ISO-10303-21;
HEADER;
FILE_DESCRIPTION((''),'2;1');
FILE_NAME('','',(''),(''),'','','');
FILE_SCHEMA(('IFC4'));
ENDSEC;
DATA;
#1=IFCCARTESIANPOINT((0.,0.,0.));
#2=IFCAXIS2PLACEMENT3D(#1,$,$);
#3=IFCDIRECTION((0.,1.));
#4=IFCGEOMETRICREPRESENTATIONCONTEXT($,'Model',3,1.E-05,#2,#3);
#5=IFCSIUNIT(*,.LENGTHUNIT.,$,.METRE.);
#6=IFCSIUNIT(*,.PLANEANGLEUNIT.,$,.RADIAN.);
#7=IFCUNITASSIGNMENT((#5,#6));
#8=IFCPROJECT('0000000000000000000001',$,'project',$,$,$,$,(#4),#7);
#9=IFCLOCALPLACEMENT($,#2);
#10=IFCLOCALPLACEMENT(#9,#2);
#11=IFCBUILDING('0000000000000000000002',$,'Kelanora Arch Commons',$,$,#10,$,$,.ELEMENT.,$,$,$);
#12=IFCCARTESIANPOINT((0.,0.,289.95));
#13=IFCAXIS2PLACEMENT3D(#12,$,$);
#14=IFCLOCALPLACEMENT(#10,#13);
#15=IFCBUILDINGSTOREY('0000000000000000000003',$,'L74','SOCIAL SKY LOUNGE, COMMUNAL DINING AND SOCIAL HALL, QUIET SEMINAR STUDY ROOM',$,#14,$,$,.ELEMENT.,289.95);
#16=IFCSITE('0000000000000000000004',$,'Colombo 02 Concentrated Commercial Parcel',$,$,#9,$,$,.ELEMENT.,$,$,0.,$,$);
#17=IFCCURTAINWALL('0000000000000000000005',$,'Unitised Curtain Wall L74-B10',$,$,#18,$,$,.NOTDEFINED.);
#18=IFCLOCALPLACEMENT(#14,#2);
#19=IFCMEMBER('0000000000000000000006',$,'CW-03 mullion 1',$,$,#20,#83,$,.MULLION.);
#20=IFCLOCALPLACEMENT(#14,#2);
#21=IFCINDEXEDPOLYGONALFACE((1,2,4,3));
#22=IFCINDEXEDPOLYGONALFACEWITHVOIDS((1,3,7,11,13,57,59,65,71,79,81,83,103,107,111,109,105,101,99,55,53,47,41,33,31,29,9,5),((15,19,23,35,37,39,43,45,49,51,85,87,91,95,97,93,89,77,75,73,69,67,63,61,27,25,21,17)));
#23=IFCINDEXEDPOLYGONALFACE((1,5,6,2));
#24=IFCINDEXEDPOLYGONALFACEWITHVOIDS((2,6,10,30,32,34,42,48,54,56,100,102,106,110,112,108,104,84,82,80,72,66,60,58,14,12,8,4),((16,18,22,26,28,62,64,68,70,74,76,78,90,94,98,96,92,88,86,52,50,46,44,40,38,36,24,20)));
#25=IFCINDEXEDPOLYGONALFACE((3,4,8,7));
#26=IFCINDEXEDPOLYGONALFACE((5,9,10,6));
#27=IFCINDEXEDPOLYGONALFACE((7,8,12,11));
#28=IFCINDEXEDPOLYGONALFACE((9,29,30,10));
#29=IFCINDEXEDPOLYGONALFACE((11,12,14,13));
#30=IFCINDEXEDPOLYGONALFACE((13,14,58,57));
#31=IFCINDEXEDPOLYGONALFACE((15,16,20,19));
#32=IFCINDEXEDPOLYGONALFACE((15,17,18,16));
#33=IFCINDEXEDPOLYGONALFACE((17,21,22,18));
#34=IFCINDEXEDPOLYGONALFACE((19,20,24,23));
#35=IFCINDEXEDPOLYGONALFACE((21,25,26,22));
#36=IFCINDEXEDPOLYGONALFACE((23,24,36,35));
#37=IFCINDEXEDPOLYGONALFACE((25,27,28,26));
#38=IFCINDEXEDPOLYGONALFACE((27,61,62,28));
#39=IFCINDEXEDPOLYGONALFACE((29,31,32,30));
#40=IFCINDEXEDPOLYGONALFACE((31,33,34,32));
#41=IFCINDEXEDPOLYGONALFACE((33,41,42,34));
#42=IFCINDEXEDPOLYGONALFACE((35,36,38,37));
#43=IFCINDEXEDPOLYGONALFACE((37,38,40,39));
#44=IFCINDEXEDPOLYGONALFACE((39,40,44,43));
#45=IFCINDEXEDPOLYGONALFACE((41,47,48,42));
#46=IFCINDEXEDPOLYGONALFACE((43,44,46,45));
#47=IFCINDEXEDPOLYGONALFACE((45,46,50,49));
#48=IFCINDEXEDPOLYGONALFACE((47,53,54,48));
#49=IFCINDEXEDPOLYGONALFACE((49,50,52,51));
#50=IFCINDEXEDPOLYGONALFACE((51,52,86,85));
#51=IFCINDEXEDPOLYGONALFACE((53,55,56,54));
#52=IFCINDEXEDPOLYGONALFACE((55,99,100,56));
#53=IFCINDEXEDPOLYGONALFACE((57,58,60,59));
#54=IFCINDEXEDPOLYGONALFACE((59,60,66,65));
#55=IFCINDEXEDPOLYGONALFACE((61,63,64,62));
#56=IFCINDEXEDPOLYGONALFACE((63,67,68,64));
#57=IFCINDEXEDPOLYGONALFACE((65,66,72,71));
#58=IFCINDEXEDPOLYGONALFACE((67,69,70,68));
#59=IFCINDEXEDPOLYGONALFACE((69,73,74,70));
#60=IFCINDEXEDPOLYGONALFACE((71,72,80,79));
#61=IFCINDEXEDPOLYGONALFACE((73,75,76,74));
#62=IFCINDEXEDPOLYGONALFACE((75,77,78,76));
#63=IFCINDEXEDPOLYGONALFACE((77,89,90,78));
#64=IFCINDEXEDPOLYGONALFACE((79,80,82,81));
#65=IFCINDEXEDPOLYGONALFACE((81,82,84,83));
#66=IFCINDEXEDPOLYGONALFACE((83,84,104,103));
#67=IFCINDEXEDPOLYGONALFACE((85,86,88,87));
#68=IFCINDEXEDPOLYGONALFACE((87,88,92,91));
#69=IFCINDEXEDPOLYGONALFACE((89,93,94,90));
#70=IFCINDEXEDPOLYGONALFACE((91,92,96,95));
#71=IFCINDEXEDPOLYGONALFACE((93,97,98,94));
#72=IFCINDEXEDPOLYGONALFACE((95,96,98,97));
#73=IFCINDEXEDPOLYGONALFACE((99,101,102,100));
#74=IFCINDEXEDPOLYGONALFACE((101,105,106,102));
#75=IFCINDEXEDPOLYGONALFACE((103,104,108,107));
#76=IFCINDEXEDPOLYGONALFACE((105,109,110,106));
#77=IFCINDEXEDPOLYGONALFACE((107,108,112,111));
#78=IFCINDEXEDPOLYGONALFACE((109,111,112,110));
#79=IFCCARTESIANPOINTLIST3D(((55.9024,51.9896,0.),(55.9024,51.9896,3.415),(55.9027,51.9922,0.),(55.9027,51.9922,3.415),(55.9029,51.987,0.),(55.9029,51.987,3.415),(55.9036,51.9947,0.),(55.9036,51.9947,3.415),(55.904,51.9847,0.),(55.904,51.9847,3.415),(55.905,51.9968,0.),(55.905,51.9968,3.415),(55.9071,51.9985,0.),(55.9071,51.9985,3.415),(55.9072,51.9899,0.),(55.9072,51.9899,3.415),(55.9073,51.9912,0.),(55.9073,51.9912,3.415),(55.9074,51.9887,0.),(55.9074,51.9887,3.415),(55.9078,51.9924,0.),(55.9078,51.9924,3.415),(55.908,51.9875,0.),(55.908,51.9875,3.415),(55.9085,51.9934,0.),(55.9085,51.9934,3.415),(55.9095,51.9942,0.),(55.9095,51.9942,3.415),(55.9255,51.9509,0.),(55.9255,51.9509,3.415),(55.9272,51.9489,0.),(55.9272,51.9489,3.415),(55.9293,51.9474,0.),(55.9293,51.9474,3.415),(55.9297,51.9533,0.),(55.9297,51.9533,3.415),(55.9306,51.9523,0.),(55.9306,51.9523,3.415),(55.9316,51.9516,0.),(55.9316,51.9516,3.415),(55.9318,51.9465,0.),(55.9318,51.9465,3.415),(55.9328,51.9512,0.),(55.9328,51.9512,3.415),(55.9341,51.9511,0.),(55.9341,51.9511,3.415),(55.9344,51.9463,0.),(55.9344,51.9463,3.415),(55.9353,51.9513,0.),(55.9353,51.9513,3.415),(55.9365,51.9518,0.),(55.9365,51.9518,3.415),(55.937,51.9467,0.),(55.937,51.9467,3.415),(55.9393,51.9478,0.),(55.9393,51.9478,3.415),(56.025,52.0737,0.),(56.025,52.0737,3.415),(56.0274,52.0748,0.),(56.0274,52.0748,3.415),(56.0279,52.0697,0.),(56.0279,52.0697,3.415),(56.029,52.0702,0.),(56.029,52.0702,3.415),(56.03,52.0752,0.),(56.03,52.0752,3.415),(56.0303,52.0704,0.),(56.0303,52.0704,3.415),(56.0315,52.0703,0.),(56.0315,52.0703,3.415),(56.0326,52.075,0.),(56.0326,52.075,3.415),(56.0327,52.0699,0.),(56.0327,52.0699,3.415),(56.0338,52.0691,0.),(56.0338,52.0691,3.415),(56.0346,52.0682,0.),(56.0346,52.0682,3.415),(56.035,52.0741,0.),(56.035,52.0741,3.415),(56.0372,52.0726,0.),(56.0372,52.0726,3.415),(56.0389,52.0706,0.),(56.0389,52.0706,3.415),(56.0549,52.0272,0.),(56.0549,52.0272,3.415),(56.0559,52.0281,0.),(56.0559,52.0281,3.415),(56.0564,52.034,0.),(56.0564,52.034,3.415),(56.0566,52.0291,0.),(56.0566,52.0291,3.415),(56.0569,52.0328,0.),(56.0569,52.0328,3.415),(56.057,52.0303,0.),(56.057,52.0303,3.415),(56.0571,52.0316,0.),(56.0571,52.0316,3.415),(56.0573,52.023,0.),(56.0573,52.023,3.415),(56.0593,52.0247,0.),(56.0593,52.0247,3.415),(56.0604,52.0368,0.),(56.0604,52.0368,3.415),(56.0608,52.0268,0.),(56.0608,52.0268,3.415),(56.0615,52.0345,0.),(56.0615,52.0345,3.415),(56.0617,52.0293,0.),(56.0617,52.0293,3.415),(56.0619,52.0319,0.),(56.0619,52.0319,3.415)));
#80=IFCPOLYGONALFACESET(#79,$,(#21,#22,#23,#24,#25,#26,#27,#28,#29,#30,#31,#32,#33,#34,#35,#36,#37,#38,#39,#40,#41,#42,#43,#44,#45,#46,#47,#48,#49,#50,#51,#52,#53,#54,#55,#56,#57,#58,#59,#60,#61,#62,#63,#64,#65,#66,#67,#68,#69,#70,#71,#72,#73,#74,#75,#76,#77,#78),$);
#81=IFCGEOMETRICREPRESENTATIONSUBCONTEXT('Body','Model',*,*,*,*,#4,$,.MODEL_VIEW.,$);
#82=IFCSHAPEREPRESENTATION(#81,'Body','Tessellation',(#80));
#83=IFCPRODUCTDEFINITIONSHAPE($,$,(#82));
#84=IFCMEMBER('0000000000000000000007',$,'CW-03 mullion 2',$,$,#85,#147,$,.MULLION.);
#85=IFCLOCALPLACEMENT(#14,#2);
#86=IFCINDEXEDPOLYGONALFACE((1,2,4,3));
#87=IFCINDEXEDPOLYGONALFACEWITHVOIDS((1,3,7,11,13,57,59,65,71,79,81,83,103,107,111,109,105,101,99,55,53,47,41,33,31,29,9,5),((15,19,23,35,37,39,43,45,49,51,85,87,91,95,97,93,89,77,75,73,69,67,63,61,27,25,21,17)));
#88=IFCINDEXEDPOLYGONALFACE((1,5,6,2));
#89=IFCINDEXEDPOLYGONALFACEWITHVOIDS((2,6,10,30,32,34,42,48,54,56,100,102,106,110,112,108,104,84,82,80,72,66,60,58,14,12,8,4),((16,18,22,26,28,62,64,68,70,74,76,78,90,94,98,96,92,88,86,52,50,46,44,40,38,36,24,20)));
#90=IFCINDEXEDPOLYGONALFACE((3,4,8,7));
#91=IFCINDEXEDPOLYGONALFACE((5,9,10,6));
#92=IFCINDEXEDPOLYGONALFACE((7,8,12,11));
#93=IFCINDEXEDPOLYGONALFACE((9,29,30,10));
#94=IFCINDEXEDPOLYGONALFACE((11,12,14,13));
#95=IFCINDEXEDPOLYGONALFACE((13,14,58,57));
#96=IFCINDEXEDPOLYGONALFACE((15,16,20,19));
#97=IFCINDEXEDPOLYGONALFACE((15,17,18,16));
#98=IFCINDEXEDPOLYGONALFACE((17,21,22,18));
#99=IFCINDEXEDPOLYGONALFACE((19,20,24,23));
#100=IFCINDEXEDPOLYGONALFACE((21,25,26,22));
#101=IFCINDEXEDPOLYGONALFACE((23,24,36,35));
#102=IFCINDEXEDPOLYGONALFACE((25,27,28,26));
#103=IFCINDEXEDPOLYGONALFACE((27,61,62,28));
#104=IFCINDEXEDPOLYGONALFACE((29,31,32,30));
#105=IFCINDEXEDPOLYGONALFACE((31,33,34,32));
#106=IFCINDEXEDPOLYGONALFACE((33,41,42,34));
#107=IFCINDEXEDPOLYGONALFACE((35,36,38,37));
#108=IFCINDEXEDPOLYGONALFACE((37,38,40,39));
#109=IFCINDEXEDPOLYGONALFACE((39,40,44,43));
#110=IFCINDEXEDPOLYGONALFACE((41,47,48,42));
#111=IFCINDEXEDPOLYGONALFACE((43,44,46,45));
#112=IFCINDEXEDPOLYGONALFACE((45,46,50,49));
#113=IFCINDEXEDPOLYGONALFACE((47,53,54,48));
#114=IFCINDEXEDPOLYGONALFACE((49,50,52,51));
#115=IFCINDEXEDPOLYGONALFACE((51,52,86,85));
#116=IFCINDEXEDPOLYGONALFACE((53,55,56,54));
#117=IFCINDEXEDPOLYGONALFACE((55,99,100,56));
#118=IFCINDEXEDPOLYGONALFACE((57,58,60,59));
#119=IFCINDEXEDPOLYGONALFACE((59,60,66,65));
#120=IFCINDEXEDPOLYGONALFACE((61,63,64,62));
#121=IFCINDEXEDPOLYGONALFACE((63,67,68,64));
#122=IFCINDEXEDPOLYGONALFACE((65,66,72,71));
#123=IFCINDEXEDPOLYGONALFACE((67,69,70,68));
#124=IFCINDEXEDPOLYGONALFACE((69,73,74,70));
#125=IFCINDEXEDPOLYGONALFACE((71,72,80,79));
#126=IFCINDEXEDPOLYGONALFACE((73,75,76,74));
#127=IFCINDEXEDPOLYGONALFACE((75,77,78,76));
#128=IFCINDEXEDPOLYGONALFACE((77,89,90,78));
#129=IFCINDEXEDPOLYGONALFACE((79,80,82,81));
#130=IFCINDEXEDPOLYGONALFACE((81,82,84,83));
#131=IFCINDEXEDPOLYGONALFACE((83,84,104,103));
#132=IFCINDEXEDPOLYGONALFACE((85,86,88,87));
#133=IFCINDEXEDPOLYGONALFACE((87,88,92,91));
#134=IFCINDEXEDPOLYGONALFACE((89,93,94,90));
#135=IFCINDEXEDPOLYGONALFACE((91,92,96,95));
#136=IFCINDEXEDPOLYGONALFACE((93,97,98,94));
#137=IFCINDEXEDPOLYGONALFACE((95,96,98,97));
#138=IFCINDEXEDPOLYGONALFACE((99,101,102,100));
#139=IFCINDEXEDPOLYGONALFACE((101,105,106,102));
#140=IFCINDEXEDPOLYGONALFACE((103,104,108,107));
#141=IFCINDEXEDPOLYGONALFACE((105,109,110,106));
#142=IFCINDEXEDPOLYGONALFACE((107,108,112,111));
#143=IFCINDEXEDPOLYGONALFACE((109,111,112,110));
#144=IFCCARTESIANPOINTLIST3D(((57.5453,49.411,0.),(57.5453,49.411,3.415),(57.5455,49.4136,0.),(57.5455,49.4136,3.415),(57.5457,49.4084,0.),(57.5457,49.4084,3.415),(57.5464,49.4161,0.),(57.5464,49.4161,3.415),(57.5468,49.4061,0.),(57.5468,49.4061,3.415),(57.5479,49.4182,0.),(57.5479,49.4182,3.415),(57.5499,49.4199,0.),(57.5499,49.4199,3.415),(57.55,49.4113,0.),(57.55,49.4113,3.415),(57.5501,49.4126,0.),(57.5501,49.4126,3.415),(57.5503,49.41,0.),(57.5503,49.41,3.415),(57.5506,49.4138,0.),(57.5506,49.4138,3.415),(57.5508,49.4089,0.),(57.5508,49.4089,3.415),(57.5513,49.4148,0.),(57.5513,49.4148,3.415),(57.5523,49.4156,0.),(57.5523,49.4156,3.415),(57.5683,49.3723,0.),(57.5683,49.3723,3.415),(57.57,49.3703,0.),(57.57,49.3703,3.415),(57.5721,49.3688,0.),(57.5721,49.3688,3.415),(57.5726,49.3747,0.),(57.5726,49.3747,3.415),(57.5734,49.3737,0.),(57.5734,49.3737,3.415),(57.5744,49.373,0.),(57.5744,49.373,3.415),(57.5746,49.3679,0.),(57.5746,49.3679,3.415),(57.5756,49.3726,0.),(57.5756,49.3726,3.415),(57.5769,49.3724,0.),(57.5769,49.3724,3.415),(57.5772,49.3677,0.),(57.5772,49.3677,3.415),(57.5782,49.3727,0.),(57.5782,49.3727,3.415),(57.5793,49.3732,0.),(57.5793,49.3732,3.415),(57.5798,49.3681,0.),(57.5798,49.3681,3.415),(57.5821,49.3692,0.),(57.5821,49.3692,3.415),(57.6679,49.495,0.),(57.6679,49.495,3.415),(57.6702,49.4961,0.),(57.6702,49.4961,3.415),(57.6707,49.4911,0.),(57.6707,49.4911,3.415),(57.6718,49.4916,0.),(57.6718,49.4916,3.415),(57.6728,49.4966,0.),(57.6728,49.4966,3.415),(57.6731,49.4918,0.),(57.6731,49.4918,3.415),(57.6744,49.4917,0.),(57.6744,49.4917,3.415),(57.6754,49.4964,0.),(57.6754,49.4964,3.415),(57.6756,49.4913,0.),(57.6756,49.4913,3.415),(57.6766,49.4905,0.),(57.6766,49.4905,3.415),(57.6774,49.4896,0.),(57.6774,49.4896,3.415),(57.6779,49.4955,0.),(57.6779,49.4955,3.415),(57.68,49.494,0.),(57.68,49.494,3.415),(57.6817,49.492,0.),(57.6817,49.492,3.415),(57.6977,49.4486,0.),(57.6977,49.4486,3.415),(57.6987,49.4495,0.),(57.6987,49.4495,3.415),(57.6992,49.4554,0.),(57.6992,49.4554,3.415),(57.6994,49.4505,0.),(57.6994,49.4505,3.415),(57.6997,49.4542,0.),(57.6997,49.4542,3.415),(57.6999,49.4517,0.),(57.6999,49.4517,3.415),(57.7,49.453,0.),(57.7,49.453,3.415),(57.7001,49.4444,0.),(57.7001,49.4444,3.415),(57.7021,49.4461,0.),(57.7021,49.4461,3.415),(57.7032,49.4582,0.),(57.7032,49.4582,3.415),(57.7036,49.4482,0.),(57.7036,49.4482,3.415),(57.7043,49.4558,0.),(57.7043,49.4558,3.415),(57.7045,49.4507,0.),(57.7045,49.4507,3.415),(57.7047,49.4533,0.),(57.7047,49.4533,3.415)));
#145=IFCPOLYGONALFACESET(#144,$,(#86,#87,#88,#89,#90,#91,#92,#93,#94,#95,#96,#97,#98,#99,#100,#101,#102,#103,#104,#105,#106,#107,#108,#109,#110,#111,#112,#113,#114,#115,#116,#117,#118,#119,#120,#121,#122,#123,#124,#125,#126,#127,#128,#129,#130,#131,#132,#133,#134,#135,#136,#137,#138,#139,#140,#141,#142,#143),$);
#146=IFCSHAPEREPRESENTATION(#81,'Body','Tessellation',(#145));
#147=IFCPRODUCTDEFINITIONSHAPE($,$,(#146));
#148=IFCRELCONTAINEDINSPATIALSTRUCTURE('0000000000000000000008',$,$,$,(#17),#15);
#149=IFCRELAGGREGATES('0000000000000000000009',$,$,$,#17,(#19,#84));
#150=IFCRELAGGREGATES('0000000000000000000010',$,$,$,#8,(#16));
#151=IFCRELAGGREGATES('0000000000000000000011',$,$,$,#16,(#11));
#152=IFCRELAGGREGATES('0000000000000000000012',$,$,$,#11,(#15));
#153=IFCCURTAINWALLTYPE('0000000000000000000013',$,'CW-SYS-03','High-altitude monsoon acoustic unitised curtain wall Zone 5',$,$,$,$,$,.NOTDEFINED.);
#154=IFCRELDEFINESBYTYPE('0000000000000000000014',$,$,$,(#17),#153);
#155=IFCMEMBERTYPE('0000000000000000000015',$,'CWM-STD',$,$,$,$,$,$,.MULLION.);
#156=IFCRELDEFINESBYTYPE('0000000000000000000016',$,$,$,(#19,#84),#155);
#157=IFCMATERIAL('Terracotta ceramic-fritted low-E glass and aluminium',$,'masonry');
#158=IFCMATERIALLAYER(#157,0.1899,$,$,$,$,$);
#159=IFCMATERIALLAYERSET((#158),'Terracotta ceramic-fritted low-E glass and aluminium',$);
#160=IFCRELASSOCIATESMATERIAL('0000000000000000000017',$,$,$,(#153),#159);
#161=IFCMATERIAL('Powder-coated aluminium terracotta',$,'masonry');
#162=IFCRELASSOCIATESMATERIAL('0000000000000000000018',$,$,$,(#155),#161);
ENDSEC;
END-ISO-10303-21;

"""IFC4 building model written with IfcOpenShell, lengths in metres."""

from ifc_helpers import new_model, si_unit, direction, frame, origin, origin_2d, place, context, subcontext, project, spatial, hollow_rectangle, extrude, material, layer, layer_set, material_profile, profile_set, type_object, element, aggregate, save


model = new_model("IFC4")

# Units and contexts
model_context = context("Model", 3, precision=1e-05, world=origin(), true_north=direction((0.0, 1.0)))
body_context = subcontext(model_context, "Body", "Model", "MODEL_VIEW")
ifc_project = project(units=[si_unit("LENGTHUNIT", "METRE"), si_unit("PLANEANGLEUNIT", "RADIAN")], contexts=[model_context])

# Site, building, storey
site_placement = place(None, origin())
site = spatial("IfcSite", under=ifc_project, at=site_placement, Name="Colombo 02 Concentrated Commercial Parcel", CompositionType="ELEMENT", RefElevation=0.0)
building_placement = place(site_placement, origin())
building = spatial("IfcBuilding", under=site, at=building_placement, Name="Kelanora Arch Commons", CompositionType="ELEMENT")
storey_placement = place(building_placement, frame((0.0, 0.0, 289.95)))
storey = spatial("IfcBuildingStorey", under=building, at=storey_placement, Name="L74", Description="SOCIAL SKY LOUNGE, COMMUNAL DINING AND SOCIAL HALL, QUIET SEMINAR STUDY ROOM", CompositionType="ELEMENT", Elevation=289.95)

# Curtain wall, members
ifc_material_1 = material(Name="Terracotta ceramic-fritted low-E glass and aluminium", Category="masonry")
ifc_layer_1 = layer(ifc_material_1, 0.1899)
ifc_layer_set_1 = layer_set([ifc_layer_1], Name="Terracotta ceramic-fritted low-E glass and aluminium")
curtain_wall_type = type_object("IfcCurtainWallType", Name="CW-SYS-03", Description="High-altitude monsoon acoustic unitised curtain wall Zone 5", PredefinedType="NOTDEFINED", material=ifc_layer_set_1)
curtain_wall_placement = place(storey_placement, origin())
curtain_wall = element("IfcCurtainWall", 1, at=curtain_wall_placement, inside=storey, type_object=curtain_wall_type, Name="Unitised Curtain Wall L74-B10", PredefinedType="NOTDEFINED")
ifc_material_2 = material(Name="Powder-coated aluminium terracotta", Category="masonry")
ifc_material_profile_1 = material_profile(ifc_material_2, hollow_rectangle(XDim=0.1599, YDim=0.0601, WallThickness=0.0049, InnerFilletRadius=0.0049, OuterFilletRadius=0.01, at=origin_2d()), Name="CWM160x60")
ifc_profile_set_1 = profile_set([ifc_material_profile_1], Name="Powder-coated aluminium terracotta")
member_type_1 = type_object("IfcMemberType", Name="CWM-STD", PredefinedType="MULLION", material=ifc_profile_set_1)
member_1_placement = place(storey_placement, frame((55.9822, 52.0107, 0.0), z_axis=(0.0, 0.0, 1.0), x_axis=(0.843391, 0.5373, 0.0)))
member_1 = element("IfcMember", 2, at=member_1_placement, type_object=member_type_1, Name="CW-03 mullion 1", PredefinedType="MULLION", context=body_context, shape_type="SweptSolid", body=[
    extrude(hollow_rectangle(XDim=0.1599, YDim=0.0601, WallThickness=0.0049, InnerFilletRadius=0.0049, OuterFilletRadius=0.01, at=origin_2d()), origin(), (0.0, 0.0, 1.0), 3.415),
])
member_2_placement = place(storey_placement, frame((57.625, 49.4321, 0.0), z_axis=(0.0, 0.0, 1.0), x_axis=(0.843391, 0.5373, 0.0)))
member_2 = element("IfcMember", 3, at=member_2_placement, type_object=member_type_1, Name="CW-03 mullion 2", PredefinedType="MULLION", context=body_context, shape_type="SweptSolid", body=[
    extrude(hollow_rectangle(XDim=0.1599, YDim=0.0601, WallThickness=0.0049, InnerFilletRadius=0.0049, OuterFilletRadius=0.01, at=origin_2d()), origin(), (0.0, 0.0, 1.0), 3.415),
])

aggregate(curtain_wall, [member_1, member_2])

save(model, "model.ifc")
